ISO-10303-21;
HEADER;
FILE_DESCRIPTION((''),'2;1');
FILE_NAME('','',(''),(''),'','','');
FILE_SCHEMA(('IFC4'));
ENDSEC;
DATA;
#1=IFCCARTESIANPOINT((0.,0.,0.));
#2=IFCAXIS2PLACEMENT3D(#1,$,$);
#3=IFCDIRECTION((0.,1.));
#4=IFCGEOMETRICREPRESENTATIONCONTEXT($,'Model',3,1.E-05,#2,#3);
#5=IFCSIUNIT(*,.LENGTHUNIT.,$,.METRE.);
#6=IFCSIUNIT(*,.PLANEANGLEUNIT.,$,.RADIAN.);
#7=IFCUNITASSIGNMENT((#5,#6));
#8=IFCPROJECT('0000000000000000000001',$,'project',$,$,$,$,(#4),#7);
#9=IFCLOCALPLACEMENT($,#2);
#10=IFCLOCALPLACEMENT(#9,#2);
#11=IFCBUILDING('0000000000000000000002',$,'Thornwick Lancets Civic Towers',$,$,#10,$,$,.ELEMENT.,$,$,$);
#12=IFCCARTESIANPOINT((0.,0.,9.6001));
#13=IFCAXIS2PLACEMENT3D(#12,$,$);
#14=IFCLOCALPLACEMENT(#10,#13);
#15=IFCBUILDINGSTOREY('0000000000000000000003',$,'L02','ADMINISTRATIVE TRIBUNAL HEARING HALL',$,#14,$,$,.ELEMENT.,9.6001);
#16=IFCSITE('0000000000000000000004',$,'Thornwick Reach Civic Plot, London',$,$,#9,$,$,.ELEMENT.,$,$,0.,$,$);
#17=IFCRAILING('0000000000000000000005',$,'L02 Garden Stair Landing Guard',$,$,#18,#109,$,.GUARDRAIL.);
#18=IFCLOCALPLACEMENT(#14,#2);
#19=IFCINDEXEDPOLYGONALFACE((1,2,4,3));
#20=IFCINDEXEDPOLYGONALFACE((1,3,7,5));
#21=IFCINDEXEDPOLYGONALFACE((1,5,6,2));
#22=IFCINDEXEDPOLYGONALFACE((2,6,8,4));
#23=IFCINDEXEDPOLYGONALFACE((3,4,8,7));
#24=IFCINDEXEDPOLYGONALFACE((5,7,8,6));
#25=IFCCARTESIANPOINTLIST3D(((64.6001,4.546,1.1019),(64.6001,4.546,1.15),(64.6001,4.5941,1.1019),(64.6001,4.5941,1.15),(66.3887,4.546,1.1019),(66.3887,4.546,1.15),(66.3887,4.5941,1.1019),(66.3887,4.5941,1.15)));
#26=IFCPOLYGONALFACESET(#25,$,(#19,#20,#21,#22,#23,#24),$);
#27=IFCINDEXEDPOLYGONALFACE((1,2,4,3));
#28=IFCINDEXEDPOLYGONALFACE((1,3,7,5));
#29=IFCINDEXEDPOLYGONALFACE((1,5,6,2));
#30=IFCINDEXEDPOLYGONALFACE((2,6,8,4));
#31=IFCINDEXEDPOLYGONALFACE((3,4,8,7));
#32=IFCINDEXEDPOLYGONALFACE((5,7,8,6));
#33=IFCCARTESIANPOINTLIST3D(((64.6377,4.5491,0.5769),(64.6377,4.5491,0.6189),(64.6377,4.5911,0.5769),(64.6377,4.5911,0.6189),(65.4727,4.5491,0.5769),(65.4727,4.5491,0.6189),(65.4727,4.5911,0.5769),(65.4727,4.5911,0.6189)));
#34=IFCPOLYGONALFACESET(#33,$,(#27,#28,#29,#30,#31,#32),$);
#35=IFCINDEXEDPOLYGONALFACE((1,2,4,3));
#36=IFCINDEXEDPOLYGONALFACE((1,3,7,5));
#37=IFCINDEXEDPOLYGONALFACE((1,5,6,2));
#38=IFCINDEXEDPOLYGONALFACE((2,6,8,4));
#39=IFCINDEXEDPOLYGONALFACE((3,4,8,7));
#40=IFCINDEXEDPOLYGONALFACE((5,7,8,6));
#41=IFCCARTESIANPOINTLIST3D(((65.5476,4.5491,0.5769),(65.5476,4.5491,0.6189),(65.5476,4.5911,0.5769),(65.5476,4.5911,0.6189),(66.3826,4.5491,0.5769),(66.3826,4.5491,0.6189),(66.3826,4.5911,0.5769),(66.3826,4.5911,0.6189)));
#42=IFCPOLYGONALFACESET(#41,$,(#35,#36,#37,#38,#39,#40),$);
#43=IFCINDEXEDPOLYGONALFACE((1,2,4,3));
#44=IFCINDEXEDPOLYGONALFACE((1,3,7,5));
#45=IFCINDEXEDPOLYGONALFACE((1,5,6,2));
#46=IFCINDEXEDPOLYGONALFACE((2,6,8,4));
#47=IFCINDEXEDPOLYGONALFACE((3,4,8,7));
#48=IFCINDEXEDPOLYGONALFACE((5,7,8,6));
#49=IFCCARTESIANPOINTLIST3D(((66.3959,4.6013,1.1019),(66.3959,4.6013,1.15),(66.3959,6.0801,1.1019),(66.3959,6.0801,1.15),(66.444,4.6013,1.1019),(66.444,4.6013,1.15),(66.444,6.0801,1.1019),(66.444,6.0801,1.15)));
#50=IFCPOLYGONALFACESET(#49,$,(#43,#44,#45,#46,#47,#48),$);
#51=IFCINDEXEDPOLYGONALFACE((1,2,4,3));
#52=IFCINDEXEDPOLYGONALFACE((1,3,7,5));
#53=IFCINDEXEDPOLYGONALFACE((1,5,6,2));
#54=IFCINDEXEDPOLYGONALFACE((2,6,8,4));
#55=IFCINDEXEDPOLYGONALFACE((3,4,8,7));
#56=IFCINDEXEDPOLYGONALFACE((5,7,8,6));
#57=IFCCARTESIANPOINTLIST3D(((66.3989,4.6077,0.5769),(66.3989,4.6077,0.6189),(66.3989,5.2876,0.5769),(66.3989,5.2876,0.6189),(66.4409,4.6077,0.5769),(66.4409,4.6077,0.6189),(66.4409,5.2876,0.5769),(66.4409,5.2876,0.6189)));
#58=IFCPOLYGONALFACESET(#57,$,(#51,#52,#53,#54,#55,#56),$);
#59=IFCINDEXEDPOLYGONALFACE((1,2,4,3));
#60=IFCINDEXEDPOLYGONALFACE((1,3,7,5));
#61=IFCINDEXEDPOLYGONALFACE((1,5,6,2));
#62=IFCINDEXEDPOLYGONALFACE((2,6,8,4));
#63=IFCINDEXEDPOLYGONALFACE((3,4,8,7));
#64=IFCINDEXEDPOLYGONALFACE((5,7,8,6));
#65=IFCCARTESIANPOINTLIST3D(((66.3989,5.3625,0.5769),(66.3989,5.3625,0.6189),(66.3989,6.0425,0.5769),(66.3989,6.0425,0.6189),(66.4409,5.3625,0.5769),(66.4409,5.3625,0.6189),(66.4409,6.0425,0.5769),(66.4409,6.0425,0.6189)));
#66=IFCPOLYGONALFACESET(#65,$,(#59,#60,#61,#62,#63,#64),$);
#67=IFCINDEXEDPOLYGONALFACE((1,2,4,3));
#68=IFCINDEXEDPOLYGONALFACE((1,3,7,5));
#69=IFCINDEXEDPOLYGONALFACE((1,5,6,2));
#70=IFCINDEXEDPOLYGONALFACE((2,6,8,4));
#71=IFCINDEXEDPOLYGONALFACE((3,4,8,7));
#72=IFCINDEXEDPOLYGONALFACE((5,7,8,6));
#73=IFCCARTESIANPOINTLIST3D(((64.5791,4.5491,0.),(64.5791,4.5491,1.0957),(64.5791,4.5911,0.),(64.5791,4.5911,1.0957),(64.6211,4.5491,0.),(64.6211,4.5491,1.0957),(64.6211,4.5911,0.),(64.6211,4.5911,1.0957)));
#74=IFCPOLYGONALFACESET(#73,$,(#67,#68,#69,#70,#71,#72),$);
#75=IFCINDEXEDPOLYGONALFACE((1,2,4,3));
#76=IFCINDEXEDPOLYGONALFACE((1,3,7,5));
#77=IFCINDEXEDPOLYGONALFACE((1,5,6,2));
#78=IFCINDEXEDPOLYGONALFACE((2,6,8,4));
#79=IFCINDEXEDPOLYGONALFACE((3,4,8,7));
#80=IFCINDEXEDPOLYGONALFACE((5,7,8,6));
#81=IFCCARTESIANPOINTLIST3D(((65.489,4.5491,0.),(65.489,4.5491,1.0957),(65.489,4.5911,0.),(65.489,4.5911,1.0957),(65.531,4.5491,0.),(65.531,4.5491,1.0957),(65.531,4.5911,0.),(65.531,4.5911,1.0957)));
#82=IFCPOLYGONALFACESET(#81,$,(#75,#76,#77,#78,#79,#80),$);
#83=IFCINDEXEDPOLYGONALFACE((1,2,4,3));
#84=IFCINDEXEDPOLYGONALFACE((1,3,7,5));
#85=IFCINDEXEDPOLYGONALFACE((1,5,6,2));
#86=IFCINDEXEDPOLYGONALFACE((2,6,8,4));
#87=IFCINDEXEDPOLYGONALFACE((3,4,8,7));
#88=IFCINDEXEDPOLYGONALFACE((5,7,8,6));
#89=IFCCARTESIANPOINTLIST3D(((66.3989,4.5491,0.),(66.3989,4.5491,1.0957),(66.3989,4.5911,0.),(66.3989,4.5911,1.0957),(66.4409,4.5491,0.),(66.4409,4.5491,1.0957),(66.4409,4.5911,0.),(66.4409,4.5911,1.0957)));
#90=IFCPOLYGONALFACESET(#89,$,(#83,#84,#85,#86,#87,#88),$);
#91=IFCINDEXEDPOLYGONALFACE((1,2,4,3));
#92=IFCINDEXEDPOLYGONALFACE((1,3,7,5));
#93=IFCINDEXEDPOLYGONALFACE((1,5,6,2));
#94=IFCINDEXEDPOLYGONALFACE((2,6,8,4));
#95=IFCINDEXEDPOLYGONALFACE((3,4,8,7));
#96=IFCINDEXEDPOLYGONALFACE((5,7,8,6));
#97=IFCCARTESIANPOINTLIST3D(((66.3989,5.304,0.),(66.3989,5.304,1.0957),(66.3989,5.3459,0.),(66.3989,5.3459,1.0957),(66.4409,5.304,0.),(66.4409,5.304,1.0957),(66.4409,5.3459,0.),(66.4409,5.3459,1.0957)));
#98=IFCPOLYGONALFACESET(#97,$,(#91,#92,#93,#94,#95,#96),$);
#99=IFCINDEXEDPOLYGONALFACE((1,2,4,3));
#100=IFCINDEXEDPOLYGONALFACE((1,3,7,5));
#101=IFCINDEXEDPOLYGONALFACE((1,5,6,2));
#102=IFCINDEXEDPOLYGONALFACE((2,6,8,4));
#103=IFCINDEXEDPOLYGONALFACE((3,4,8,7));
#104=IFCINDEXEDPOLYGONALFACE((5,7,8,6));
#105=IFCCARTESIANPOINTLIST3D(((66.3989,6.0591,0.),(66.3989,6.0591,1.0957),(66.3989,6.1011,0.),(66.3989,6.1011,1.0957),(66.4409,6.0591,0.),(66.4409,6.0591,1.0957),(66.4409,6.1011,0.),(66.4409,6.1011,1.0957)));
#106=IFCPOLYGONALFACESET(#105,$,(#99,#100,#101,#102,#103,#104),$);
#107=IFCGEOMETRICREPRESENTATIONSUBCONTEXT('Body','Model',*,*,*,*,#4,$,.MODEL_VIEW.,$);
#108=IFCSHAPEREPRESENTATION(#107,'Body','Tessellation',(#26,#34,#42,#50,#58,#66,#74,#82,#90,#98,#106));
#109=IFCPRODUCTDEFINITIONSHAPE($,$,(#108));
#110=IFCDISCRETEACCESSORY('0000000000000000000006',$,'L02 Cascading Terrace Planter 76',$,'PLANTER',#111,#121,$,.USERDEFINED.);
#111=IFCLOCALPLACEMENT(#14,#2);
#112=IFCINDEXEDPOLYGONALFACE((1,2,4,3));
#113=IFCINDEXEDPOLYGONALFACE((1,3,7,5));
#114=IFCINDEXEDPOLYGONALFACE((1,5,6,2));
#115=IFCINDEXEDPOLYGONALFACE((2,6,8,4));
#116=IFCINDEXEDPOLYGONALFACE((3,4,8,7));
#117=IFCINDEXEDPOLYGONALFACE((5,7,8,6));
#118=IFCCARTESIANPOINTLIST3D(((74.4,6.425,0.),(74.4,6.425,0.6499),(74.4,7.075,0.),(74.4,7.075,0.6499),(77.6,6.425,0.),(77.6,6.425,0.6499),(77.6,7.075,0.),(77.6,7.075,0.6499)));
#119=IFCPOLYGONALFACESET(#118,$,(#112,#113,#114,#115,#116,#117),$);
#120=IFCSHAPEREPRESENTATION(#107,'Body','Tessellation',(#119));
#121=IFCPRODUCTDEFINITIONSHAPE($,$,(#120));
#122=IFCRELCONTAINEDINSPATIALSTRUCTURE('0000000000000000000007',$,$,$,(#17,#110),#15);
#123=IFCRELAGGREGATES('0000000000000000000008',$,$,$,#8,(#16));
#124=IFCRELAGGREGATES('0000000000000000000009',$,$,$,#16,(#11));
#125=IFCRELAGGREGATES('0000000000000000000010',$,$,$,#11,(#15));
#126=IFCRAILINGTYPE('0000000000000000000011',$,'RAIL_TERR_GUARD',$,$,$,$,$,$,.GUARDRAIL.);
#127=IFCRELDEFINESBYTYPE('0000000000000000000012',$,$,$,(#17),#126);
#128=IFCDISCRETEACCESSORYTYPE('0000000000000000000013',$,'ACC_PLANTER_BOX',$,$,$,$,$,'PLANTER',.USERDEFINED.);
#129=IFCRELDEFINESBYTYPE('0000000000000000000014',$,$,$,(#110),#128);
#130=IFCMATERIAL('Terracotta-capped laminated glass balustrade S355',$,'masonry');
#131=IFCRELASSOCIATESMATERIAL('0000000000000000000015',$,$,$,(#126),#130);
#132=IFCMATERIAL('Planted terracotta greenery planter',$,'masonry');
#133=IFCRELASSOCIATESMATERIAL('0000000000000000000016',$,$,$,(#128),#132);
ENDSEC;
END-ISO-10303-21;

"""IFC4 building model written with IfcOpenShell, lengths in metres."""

from ifc_helpers import new_model, si_unit, direction, frame, origin, origin_2d, place, context, subcontext, project, spatial, rectangle, extrude, material, type_object, element, save


model = new_model("IFC4")

# Units and contexts
model_context = context("Model", 3, precision=1e-05, world=origin(), true_north=direction((0.0, 1.0)))
body_context = subcontext(model_context, "Body", "Model", "MODEL_VIEW")
ifc_project = project(units=[si_unit("LENGTHUNIT", "METRE"), si_unit("PLANEANGLEUNIT", "RADIAN")], contexts=[model_context])

# Site, building, storey
site_placement = place(None, origin())
site = spatial("IfcSite", under=ifc_project, at=site_placement, Name="Thornwick Reach Civic Plot, London", CompositionType="ELEMENT", RefElevation=0.0)
building_placement = place(site_placement, origin())
building = spatial("IfcBuilding", under=site, at=building_placement, Name="Thornwick Lancets Civic Towers", CompositionType="ELEMENT")
storey_placement = place(building_placement, frame((0.0, 0.0, 9.6001)))
storey = spatial("IfcBuildingStorey", under=building, at=storey_placement, Name="L02", Description="ADMINISTRATIVE TRIBUNAL HEARING HALL", CompositionType="ELEMENT", Elevation=9.6001)

# Railing
ifc_material_1 = material(Name="Terracotta-capped laminated glass balustrade S355", Category="masonry")
railing_type = type_object("IfcRailingType", Name="RAIL_TERR_GUARD", PredefinedType="GUARDRAIL", material=ifc_material_1)
railing_placement = place(storey_placement, frame((64.6001, 4.5701, 0.0)))
element("IfcRailing", 1, at=railing_placement, inside=storey, type_object=railing_type, Name="L02 Garden Stair Landing Guard", PredefinedType="GUARDRAIL", context=body_context, shape_type="SweptSolid", body=[
    extrude(rectangle(XDim=0.0481, YDim=0.0481, at=origin_2d()), frame((0.0, 0.0, 1.126), z_axis=(1.0, 0.0, 0.0), x_axis=(0.0, 1.0, 0.0)), (0.0, 0.0, 1.0), 1.7886),
    extrude(rectangle(XDim=0.042, YDim=0.042, at=origin_2d()), frame((0.0376, 0.0, 0.5979), z_axis=(1.0, 0.0, 0.0), x_axis=(0.0, 1.0, 0.0)), (0.0, 0.0, 1.0), 0.835),
    extrude(rectangle(XDim=0.042, YDim=0.042, at=origin_2d()), frame((0.9475, 0.0, 0.5979), z_axis=(1.0, 0.0, 0.0), x_axis=(0.0, 1.0, 0.0)), (0.0, 0.0, 1.0), 0.835),
    extrude(rectangle(XDim=0.0481, YDim=0.0481, at=origin_2d()), frame((1.8198, 0.0312, 1.126), z_axis=(0.0, 1.0, 0.0), x_axis=(-1.0, 0.0, 0.0)), (0.0, 0.0, 1.0), 1.4788),
    extrude(rectangle(XDim=0.042, YDim=0.042, at=origin_2d()), frame((1.8198, 0.0376, 0.5979), z_axis=(0.0, 1.0, 0.0), x_axis=(-1.0, 0.0, 0.0)), (0.0, 0.0, 1.0), 0.6799),
    extrude(rectangle(XDim=0.042, YDim=0.042, at=origin_2d()), frame((1.8198, 0.7925, 0.5979), z_axis=(0.0, 1.0, 0.0), x_axis=(-1.0, 0.0, 0.0)), (0.0, 0.0, 1.0), 0.6799),
    extrude(rectangle(XDim=0.042, YDim=0.042, at=origin_2d()), origin(), (0.0, 0.0, 1.0), 1.0957),
    extrude(rectangle(XDim=0.042, YDim=0.042, at=origin_2d()), frame((0.9099, 0.0, 0.0)), (0.0, 0.0, 1.0), 1.0957),
    extrude(rectangle(XDim=0.042, YDim=0.042, at=origin_2d()), frame((1.8198, 0.0, 0.0)), (0.0, 0.0, 1.0), 1.0957),
    extrude(rectangle(XDim=0.042, YDim=0.042, at=origin_2d()), frame((1.8198, 0.7549, 0.0)), (0.0, 0.0, 1.0), 1.0957),
    extrude(rectangle(XDim=0.042, YDim=0.042, at=origin_2d()), frame((1.8198, 1.51, 0.0)), (0.0, 0.0, 1.0), 1.0957),
])

# Discrete accessory
ifc_material_2 = material(Name="Planted terracotta greenery planter", Category="masonry")
discrete_accessory_type = type_object("IfcDiscreteAccessoryType", Name="ACC_PLANTER_BOX", ElementType="PLANTER", PredefinedType="USERDEFINED", material=ifc_material_2)
discrete_accessory_placement = place(storey_placement, frame((76.0, 6.75, 0.0), z_axis=(0.0, 0.0, 1.0), x_axis=(1.0, 0.0, 0.0)))
element("IfcDiscreteAccessory", 2, at=discrete_accessory_placement, inside=storey, type_object=discrete_accessory_type, Name="L02 Cascading Terrace Planter 76", ObjectType="PLANTER", PredefinedType="USERDEFINED", context=body_context, shape_type="SweptSolid", body=[
    extrude(rectangle(XDim=3.2, YDim=0.6499, at=origin_2d()), origin(), (0.0, 0.0, 1.0), 0.6499),
])

save(model, "model.ifc")
